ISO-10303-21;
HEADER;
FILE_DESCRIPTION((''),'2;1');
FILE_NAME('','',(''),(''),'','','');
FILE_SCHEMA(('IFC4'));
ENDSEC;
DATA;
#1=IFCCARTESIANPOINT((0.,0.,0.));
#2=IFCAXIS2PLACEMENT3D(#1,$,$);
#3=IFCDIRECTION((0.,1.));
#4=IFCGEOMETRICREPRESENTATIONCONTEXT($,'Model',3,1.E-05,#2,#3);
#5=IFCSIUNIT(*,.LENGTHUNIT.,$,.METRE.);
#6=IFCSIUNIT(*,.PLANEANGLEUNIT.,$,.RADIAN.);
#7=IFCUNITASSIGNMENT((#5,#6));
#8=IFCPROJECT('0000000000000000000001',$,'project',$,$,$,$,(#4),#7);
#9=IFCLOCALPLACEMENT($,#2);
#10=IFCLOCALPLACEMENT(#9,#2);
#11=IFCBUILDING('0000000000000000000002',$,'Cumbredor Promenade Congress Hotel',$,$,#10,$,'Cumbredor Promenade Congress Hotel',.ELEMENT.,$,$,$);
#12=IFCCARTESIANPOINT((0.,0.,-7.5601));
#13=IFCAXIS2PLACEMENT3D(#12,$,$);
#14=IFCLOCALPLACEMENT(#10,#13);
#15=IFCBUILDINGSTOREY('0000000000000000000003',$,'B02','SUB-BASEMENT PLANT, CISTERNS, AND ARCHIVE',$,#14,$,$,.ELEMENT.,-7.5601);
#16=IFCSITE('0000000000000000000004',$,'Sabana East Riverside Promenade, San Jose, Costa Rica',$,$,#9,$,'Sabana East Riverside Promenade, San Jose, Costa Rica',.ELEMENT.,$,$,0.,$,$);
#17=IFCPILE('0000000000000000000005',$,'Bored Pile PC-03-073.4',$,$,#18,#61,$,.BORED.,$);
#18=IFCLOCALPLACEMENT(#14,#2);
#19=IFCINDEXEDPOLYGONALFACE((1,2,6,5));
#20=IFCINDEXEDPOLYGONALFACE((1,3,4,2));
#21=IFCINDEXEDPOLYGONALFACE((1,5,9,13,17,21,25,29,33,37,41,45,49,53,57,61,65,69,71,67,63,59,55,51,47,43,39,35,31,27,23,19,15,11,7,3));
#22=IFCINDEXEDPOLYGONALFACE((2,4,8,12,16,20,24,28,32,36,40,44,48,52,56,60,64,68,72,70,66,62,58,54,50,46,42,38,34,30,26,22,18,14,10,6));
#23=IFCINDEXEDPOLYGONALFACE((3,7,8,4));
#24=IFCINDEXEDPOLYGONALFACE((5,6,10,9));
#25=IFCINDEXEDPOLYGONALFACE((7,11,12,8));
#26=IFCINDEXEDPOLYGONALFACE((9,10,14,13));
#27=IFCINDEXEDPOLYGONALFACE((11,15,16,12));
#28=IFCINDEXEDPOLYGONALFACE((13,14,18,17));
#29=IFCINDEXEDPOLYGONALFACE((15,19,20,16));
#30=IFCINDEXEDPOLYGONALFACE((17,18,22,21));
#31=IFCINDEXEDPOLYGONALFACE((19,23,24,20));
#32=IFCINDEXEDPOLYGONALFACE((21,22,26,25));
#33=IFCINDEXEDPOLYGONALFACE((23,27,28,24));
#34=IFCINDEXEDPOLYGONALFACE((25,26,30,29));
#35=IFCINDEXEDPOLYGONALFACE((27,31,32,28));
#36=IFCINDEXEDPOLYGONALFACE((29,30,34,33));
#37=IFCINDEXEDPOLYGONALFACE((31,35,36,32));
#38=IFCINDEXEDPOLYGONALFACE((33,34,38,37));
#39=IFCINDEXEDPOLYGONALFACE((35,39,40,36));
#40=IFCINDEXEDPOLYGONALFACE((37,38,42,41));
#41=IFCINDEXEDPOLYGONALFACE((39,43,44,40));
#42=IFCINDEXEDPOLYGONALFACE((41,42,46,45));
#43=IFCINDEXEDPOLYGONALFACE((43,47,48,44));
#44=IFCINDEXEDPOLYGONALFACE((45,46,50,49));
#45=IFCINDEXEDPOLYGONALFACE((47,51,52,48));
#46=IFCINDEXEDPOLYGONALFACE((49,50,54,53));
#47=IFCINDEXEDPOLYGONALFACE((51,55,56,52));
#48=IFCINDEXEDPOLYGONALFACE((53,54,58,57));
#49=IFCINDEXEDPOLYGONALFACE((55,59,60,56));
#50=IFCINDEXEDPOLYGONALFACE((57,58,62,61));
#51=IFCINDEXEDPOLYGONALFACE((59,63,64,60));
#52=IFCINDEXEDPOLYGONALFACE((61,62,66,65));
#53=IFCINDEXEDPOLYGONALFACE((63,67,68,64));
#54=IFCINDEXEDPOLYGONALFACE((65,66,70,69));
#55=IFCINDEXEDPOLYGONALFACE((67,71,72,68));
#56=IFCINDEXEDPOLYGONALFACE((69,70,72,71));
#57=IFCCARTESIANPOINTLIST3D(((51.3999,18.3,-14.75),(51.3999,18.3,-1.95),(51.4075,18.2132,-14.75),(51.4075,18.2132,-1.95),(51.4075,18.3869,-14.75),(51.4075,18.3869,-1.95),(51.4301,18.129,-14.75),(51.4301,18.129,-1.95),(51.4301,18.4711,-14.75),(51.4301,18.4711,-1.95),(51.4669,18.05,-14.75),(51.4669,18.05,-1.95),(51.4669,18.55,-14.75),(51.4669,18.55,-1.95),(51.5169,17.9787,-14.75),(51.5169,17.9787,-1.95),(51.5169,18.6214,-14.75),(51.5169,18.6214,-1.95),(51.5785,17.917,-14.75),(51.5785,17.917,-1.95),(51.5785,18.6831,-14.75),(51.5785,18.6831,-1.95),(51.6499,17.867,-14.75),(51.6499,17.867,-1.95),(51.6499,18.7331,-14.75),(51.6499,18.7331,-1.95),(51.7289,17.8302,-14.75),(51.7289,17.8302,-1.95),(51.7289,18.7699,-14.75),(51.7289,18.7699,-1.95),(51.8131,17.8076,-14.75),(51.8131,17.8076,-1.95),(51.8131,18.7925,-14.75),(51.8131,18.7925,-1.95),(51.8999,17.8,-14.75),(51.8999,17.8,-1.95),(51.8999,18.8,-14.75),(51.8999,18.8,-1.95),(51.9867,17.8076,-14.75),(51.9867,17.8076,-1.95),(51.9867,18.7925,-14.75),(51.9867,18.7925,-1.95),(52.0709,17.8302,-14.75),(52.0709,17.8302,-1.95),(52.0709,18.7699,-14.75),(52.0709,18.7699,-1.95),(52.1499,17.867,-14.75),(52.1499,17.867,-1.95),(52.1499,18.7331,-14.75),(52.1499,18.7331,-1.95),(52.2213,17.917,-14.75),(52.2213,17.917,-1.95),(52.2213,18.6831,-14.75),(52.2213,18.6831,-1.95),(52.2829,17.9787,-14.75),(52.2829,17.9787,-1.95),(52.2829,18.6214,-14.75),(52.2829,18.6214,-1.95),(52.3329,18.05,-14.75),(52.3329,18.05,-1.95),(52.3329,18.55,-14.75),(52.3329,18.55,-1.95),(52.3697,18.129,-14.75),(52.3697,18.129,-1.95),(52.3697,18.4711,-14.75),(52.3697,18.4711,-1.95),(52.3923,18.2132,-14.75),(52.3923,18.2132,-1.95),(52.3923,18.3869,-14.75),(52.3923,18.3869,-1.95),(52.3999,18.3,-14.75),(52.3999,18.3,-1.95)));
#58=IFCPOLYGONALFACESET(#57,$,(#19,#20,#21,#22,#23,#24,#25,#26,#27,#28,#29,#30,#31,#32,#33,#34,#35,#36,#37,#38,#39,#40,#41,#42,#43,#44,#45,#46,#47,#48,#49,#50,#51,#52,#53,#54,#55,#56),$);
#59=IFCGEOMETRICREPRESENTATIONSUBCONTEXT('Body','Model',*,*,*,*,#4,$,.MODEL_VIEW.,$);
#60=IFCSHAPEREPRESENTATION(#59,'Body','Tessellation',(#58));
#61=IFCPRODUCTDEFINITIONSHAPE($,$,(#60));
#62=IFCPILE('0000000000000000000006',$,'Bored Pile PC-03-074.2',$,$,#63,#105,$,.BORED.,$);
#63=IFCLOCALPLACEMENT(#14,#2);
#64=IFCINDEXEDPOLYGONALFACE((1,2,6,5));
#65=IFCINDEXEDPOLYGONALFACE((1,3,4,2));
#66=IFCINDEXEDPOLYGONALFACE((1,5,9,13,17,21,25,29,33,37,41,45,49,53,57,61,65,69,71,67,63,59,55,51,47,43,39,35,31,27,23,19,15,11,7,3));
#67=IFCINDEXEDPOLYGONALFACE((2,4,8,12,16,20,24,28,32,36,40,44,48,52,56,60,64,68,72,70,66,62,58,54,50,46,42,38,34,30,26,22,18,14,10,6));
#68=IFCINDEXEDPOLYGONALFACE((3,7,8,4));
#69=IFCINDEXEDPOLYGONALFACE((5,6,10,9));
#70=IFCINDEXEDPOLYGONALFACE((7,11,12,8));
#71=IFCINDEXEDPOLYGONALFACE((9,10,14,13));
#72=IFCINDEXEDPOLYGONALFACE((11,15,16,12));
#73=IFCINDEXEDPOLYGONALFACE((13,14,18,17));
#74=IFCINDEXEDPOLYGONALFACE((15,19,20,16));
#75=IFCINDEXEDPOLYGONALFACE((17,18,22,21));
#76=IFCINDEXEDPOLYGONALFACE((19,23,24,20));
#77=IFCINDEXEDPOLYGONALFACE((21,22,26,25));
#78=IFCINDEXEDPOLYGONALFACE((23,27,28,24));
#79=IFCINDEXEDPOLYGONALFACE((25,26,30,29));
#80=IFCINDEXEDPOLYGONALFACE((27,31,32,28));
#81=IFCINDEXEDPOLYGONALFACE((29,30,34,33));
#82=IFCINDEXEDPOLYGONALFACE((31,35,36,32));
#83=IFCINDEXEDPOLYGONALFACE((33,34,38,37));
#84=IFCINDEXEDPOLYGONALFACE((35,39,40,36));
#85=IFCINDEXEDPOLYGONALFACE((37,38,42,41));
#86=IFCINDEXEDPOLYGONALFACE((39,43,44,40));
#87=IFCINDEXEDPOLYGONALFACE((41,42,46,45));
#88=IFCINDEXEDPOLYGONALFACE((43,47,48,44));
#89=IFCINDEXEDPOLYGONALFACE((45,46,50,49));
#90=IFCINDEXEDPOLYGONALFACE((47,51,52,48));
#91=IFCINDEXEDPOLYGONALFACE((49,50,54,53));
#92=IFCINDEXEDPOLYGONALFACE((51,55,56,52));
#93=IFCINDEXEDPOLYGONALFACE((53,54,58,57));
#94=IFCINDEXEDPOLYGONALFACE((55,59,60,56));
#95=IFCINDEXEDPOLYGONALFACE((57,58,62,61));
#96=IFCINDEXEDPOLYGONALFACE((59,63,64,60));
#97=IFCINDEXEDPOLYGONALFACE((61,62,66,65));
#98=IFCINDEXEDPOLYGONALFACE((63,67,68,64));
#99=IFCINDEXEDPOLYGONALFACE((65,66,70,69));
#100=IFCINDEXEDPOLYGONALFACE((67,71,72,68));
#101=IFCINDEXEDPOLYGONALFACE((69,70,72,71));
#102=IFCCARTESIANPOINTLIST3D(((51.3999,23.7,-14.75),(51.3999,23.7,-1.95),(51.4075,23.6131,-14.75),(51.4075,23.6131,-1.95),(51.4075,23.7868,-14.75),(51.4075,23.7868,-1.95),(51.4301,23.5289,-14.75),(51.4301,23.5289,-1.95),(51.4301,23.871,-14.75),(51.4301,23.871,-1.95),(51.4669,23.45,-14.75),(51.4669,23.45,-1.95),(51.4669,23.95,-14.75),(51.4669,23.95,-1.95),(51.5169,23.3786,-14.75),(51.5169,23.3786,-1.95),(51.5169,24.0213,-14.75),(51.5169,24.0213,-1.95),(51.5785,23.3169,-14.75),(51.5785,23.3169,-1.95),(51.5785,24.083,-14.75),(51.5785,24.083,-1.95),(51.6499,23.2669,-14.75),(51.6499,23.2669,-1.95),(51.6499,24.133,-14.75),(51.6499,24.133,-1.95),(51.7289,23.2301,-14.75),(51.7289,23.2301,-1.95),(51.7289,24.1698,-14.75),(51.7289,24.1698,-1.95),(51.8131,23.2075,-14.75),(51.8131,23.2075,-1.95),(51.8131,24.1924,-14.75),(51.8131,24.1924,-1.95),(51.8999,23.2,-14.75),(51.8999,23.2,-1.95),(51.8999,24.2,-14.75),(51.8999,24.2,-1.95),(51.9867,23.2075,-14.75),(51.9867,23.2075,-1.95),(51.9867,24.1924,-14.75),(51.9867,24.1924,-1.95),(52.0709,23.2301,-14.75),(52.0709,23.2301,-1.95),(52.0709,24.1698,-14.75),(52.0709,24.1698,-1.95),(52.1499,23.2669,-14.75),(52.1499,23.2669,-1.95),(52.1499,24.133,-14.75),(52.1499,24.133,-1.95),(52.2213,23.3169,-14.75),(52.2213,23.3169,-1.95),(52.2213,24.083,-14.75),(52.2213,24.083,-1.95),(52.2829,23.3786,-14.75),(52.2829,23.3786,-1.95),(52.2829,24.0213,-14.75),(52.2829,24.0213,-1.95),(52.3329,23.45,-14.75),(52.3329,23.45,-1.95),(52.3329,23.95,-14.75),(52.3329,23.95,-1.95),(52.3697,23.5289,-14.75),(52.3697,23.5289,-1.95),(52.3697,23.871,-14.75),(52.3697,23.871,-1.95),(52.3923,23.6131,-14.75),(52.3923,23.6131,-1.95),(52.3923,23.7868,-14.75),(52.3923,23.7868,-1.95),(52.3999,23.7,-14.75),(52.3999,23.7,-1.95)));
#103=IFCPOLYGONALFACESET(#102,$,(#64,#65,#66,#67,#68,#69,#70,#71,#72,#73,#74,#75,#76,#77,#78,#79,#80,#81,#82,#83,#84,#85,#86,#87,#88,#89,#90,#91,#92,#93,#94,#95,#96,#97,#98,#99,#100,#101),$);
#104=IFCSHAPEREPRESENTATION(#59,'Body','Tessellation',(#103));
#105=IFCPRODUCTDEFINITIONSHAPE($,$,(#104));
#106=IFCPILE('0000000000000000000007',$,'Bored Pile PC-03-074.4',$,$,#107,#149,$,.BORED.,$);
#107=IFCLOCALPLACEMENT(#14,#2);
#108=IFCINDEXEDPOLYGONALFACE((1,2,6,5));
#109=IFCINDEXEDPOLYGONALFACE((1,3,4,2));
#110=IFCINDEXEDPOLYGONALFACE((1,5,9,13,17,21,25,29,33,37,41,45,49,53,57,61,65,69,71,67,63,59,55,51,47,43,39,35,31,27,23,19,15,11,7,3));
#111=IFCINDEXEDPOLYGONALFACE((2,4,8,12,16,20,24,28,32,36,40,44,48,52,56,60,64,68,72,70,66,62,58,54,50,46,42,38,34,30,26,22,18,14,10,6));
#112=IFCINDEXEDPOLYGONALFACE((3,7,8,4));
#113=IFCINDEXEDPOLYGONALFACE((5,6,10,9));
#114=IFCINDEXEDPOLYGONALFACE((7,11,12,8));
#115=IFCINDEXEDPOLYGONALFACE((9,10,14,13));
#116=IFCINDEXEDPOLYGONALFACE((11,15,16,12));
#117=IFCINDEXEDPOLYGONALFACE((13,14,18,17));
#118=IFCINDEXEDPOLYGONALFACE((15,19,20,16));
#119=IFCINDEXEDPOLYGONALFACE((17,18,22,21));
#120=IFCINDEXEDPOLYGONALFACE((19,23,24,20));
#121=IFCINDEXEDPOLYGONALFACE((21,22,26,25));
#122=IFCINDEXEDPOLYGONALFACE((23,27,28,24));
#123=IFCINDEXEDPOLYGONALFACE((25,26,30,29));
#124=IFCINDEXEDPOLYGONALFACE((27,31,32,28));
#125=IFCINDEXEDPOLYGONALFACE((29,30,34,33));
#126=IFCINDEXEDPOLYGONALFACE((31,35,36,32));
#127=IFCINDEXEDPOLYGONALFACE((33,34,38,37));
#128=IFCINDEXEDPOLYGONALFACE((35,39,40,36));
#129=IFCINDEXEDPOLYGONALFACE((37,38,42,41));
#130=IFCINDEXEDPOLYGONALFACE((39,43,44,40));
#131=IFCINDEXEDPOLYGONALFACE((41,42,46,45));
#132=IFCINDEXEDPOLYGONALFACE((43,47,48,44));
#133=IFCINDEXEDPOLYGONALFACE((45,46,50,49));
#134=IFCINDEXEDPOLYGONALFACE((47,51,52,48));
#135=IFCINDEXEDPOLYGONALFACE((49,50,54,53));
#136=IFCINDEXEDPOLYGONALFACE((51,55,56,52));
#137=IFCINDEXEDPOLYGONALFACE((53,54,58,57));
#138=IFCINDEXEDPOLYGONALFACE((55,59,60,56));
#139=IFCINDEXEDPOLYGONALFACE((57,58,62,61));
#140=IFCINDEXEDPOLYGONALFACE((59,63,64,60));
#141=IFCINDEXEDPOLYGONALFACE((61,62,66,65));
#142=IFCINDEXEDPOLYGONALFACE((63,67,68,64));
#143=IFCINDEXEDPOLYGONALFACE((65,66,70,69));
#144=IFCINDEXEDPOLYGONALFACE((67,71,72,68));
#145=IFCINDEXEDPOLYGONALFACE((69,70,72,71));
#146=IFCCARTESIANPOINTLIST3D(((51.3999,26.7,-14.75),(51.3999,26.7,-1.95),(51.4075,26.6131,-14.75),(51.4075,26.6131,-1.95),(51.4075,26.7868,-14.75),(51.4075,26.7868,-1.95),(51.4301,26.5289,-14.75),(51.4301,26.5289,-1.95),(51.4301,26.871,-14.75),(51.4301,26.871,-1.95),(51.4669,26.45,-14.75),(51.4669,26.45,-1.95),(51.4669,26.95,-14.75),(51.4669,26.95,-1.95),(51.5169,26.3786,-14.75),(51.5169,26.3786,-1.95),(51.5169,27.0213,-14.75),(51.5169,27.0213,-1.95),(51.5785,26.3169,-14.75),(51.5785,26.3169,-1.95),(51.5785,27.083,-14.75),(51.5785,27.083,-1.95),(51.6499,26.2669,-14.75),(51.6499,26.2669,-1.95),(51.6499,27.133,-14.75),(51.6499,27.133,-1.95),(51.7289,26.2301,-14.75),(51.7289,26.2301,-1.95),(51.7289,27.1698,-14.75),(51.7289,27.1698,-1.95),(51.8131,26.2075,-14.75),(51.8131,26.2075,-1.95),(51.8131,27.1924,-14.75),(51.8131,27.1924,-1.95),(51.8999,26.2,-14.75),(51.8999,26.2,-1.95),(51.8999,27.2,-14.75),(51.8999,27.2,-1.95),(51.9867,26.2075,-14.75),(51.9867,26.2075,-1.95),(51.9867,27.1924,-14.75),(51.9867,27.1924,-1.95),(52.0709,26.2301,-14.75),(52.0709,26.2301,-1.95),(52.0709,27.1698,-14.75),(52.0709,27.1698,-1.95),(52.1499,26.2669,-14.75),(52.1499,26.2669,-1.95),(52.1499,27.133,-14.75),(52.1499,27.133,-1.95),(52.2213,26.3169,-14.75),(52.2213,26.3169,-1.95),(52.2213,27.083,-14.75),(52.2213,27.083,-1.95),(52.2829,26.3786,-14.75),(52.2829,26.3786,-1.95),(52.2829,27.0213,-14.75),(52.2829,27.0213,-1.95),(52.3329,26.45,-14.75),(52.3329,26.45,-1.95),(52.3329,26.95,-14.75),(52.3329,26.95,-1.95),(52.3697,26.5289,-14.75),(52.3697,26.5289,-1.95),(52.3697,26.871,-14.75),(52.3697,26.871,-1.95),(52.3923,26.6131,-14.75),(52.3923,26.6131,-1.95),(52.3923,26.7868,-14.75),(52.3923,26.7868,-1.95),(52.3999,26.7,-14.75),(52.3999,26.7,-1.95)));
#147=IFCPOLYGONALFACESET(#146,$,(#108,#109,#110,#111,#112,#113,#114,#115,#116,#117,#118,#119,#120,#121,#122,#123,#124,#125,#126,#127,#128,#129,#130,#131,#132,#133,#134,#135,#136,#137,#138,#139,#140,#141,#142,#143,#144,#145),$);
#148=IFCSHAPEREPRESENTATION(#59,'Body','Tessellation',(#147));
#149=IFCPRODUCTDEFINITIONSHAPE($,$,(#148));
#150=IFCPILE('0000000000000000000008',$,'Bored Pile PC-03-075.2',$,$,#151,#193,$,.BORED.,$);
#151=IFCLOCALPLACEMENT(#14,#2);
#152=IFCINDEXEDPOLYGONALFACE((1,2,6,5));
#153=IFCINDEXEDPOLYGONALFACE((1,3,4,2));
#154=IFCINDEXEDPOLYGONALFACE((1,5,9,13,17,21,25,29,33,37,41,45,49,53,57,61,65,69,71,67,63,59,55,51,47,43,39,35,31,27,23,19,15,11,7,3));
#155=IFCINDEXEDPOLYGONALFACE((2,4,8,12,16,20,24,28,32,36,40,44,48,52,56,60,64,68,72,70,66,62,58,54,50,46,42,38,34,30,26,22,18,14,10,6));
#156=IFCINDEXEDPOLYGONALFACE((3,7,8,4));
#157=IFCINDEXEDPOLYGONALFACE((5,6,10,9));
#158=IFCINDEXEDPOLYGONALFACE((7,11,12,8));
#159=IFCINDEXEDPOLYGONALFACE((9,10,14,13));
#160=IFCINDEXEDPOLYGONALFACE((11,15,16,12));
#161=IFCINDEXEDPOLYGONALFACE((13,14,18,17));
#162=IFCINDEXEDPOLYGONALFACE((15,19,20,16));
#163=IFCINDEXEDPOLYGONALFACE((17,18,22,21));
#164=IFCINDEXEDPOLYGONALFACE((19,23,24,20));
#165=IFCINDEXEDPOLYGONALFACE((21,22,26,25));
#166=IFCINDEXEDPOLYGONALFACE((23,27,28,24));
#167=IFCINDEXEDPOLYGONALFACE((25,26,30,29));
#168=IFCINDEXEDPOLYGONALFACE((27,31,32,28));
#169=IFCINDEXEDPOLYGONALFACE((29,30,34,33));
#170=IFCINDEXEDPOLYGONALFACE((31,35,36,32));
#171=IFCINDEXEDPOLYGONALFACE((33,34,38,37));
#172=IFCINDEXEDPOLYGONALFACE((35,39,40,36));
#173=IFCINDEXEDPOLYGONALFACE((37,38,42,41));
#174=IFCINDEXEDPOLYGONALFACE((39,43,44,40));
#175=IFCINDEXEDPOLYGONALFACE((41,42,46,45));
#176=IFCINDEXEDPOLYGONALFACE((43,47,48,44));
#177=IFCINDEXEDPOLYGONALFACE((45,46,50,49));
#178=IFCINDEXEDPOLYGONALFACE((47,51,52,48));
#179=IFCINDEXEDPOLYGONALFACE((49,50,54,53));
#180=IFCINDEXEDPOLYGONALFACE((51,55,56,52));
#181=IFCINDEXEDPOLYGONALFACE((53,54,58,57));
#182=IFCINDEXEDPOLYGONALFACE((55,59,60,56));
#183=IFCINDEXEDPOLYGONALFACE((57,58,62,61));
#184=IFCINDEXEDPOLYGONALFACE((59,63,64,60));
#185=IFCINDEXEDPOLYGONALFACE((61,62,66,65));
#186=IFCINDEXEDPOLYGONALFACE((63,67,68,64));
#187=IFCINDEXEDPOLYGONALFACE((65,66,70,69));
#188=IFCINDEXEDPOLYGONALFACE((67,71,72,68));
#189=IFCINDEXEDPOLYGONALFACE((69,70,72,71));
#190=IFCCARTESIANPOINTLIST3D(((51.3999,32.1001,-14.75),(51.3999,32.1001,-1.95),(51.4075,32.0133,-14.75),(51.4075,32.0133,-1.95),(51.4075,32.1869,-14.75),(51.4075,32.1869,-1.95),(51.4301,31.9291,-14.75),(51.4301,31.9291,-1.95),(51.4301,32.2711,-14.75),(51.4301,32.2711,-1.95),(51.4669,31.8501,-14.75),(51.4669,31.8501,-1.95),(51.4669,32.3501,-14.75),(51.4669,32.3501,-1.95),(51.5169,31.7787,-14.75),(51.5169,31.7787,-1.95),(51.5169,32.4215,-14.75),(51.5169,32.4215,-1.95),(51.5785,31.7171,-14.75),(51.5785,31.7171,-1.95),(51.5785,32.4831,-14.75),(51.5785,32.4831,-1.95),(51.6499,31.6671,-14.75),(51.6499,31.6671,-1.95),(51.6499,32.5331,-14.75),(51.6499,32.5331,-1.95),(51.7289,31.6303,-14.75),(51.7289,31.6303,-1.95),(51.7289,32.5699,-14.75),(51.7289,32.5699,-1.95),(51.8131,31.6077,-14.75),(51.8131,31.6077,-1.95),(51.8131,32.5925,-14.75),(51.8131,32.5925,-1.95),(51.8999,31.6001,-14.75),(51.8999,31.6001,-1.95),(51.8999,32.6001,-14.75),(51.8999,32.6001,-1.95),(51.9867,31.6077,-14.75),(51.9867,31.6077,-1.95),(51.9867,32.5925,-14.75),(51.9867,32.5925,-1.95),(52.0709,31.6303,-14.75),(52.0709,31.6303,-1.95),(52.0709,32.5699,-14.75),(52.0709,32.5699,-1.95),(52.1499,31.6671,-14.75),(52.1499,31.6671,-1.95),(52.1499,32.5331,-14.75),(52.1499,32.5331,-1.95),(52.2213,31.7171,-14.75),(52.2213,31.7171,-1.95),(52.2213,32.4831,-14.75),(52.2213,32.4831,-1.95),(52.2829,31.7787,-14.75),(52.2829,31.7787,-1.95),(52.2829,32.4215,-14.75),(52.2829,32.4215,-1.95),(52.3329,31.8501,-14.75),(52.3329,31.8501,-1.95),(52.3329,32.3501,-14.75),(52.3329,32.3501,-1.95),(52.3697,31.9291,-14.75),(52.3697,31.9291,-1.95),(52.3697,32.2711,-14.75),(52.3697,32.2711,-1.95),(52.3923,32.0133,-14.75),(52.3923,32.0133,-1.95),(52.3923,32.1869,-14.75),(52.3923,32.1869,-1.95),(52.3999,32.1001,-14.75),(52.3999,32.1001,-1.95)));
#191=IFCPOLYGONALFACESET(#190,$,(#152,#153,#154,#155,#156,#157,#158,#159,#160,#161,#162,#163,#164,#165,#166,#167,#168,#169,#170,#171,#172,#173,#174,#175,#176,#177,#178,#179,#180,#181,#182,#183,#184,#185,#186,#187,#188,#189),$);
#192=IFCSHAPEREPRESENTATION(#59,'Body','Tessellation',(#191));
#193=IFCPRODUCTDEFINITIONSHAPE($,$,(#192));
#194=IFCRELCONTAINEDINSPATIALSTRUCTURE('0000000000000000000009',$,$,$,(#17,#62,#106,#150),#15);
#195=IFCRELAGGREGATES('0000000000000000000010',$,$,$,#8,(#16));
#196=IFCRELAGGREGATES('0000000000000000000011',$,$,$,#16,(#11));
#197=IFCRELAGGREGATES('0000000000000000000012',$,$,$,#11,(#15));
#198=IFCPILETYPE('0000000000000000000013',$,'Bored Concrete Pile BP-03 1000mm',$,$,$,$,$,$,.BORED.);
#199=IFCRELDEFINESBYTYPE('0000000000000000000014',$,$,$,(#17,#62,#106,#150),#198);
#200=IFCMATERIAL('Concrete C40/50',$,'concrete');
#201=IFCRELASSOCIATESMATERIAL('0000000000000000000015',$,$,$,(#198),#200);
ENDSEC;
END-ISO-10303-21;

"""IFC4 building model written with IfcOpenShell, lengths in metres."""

from ifc_helpers import new_model, si_unit, direction, frame, origin, origin_2d, place, context, subcontext, project, spatial, circle, extrude, material, material_profile, profile_set, type_object, element, save


model = new_model("IFC4")

# Units and contexts
model_context = context("Model", 3, precision=1e-05, world=origin(), true_north=direction((0.0, 1.0)))
body_context = subcontext(model_context, "Body", "Model", "MODEL_VIEW")
ifc_project = project(units=[si_unit("LENGTHUNIT", "METRE"), si_unit("PLANEANGLEUNIT", "RADIAN")], contexts=[model_context])

# Site, building, storey
site_placement = place(None, origin())
site = spatial("IfcSite", under=ifc_project, at=site_placement, Name="Sabana East Riverside Promenade, San Jose, Costa Rica", LongName="Sabana East Riverside Promenade, San Jose, Costa Rica", CompositionType="ELEMENT", RefElevation=0.0)
building_placement = place(site_placement, origin())
building = spatial("IfcBuilding", under=site, at=building_placement, Name="Cumbredor Promenade Congress Hotel", LongName="Cumbredor Promenade Congress Hotel", CompositionType="ELEMENT")
storey_placement = place(building_placement, frame((0.0, 0.0, -7.5601)))
storey = spatial("IfcBuildingStorey", under=building, at=storey_placement, Name="B02", Description="SUB-BASEMENT PLANT, CISTERNS, AND ARCHIVE", CompositionType="ELEMENT", Elevation=-7.5601)

# Piles
ifc_material_1 = material(Name="Concrete C40/50", Category="concrete")
ifc_material_profile_1 = material_profile(ifc_material_1, circle(Radius=0.5, at=origin_2d()), Name="PILE D1000")
ifc_profile_set_1 = profile_set([ifc_material_profile_1], Name="Concrete C40/50")
pile_type = type_object("IfcPileType", Name="Bored Concrete Pile BP-03 1000mm", PredefinedType="BORED", material=ifc_profile_set_1)
for number, where, z_axis, x_axis, name in (
    (1, (51.8999, 18.3, -1.95), (0.0, 0.0, -1.0), (1.0, 0.0, 0.0), "Bored Pile PC-03-073.4"),
    (2, (51.8999, 23.7, -1.95), (0.0, 0.0, -1.0), (1.0, 0.0, 0.0), "Bored Pile PC-03-074.2"),
    (3, (51.8999, 26.7, -1.95), (0.0, 0.0, -1.0), (1.0, 0.0, 0.0), "Bored Pile PC-03-074.4"),
    (4, (51.8999, 32.1001, -1.95), (0.0, 0.0, -1.0), (1.0, 0.0, 0.0), "Bored Pile PC-03-075.2"),
):
    element("IfcPile", number, at=place(storey_placement, frame(where, z_axis=z_axis, x_axis=x_axis)), inside=storey, type_object=pile_type, Name=name, PredefinedType="BORED", context=body_context, shape_type="SweptSolid", body=[
        extrude(circle(Radius=0.5, at=origin_2d()), origin(), (0.0, 0.0, 1.0), 12.8),
    ])

save(model, "model.ifc")
